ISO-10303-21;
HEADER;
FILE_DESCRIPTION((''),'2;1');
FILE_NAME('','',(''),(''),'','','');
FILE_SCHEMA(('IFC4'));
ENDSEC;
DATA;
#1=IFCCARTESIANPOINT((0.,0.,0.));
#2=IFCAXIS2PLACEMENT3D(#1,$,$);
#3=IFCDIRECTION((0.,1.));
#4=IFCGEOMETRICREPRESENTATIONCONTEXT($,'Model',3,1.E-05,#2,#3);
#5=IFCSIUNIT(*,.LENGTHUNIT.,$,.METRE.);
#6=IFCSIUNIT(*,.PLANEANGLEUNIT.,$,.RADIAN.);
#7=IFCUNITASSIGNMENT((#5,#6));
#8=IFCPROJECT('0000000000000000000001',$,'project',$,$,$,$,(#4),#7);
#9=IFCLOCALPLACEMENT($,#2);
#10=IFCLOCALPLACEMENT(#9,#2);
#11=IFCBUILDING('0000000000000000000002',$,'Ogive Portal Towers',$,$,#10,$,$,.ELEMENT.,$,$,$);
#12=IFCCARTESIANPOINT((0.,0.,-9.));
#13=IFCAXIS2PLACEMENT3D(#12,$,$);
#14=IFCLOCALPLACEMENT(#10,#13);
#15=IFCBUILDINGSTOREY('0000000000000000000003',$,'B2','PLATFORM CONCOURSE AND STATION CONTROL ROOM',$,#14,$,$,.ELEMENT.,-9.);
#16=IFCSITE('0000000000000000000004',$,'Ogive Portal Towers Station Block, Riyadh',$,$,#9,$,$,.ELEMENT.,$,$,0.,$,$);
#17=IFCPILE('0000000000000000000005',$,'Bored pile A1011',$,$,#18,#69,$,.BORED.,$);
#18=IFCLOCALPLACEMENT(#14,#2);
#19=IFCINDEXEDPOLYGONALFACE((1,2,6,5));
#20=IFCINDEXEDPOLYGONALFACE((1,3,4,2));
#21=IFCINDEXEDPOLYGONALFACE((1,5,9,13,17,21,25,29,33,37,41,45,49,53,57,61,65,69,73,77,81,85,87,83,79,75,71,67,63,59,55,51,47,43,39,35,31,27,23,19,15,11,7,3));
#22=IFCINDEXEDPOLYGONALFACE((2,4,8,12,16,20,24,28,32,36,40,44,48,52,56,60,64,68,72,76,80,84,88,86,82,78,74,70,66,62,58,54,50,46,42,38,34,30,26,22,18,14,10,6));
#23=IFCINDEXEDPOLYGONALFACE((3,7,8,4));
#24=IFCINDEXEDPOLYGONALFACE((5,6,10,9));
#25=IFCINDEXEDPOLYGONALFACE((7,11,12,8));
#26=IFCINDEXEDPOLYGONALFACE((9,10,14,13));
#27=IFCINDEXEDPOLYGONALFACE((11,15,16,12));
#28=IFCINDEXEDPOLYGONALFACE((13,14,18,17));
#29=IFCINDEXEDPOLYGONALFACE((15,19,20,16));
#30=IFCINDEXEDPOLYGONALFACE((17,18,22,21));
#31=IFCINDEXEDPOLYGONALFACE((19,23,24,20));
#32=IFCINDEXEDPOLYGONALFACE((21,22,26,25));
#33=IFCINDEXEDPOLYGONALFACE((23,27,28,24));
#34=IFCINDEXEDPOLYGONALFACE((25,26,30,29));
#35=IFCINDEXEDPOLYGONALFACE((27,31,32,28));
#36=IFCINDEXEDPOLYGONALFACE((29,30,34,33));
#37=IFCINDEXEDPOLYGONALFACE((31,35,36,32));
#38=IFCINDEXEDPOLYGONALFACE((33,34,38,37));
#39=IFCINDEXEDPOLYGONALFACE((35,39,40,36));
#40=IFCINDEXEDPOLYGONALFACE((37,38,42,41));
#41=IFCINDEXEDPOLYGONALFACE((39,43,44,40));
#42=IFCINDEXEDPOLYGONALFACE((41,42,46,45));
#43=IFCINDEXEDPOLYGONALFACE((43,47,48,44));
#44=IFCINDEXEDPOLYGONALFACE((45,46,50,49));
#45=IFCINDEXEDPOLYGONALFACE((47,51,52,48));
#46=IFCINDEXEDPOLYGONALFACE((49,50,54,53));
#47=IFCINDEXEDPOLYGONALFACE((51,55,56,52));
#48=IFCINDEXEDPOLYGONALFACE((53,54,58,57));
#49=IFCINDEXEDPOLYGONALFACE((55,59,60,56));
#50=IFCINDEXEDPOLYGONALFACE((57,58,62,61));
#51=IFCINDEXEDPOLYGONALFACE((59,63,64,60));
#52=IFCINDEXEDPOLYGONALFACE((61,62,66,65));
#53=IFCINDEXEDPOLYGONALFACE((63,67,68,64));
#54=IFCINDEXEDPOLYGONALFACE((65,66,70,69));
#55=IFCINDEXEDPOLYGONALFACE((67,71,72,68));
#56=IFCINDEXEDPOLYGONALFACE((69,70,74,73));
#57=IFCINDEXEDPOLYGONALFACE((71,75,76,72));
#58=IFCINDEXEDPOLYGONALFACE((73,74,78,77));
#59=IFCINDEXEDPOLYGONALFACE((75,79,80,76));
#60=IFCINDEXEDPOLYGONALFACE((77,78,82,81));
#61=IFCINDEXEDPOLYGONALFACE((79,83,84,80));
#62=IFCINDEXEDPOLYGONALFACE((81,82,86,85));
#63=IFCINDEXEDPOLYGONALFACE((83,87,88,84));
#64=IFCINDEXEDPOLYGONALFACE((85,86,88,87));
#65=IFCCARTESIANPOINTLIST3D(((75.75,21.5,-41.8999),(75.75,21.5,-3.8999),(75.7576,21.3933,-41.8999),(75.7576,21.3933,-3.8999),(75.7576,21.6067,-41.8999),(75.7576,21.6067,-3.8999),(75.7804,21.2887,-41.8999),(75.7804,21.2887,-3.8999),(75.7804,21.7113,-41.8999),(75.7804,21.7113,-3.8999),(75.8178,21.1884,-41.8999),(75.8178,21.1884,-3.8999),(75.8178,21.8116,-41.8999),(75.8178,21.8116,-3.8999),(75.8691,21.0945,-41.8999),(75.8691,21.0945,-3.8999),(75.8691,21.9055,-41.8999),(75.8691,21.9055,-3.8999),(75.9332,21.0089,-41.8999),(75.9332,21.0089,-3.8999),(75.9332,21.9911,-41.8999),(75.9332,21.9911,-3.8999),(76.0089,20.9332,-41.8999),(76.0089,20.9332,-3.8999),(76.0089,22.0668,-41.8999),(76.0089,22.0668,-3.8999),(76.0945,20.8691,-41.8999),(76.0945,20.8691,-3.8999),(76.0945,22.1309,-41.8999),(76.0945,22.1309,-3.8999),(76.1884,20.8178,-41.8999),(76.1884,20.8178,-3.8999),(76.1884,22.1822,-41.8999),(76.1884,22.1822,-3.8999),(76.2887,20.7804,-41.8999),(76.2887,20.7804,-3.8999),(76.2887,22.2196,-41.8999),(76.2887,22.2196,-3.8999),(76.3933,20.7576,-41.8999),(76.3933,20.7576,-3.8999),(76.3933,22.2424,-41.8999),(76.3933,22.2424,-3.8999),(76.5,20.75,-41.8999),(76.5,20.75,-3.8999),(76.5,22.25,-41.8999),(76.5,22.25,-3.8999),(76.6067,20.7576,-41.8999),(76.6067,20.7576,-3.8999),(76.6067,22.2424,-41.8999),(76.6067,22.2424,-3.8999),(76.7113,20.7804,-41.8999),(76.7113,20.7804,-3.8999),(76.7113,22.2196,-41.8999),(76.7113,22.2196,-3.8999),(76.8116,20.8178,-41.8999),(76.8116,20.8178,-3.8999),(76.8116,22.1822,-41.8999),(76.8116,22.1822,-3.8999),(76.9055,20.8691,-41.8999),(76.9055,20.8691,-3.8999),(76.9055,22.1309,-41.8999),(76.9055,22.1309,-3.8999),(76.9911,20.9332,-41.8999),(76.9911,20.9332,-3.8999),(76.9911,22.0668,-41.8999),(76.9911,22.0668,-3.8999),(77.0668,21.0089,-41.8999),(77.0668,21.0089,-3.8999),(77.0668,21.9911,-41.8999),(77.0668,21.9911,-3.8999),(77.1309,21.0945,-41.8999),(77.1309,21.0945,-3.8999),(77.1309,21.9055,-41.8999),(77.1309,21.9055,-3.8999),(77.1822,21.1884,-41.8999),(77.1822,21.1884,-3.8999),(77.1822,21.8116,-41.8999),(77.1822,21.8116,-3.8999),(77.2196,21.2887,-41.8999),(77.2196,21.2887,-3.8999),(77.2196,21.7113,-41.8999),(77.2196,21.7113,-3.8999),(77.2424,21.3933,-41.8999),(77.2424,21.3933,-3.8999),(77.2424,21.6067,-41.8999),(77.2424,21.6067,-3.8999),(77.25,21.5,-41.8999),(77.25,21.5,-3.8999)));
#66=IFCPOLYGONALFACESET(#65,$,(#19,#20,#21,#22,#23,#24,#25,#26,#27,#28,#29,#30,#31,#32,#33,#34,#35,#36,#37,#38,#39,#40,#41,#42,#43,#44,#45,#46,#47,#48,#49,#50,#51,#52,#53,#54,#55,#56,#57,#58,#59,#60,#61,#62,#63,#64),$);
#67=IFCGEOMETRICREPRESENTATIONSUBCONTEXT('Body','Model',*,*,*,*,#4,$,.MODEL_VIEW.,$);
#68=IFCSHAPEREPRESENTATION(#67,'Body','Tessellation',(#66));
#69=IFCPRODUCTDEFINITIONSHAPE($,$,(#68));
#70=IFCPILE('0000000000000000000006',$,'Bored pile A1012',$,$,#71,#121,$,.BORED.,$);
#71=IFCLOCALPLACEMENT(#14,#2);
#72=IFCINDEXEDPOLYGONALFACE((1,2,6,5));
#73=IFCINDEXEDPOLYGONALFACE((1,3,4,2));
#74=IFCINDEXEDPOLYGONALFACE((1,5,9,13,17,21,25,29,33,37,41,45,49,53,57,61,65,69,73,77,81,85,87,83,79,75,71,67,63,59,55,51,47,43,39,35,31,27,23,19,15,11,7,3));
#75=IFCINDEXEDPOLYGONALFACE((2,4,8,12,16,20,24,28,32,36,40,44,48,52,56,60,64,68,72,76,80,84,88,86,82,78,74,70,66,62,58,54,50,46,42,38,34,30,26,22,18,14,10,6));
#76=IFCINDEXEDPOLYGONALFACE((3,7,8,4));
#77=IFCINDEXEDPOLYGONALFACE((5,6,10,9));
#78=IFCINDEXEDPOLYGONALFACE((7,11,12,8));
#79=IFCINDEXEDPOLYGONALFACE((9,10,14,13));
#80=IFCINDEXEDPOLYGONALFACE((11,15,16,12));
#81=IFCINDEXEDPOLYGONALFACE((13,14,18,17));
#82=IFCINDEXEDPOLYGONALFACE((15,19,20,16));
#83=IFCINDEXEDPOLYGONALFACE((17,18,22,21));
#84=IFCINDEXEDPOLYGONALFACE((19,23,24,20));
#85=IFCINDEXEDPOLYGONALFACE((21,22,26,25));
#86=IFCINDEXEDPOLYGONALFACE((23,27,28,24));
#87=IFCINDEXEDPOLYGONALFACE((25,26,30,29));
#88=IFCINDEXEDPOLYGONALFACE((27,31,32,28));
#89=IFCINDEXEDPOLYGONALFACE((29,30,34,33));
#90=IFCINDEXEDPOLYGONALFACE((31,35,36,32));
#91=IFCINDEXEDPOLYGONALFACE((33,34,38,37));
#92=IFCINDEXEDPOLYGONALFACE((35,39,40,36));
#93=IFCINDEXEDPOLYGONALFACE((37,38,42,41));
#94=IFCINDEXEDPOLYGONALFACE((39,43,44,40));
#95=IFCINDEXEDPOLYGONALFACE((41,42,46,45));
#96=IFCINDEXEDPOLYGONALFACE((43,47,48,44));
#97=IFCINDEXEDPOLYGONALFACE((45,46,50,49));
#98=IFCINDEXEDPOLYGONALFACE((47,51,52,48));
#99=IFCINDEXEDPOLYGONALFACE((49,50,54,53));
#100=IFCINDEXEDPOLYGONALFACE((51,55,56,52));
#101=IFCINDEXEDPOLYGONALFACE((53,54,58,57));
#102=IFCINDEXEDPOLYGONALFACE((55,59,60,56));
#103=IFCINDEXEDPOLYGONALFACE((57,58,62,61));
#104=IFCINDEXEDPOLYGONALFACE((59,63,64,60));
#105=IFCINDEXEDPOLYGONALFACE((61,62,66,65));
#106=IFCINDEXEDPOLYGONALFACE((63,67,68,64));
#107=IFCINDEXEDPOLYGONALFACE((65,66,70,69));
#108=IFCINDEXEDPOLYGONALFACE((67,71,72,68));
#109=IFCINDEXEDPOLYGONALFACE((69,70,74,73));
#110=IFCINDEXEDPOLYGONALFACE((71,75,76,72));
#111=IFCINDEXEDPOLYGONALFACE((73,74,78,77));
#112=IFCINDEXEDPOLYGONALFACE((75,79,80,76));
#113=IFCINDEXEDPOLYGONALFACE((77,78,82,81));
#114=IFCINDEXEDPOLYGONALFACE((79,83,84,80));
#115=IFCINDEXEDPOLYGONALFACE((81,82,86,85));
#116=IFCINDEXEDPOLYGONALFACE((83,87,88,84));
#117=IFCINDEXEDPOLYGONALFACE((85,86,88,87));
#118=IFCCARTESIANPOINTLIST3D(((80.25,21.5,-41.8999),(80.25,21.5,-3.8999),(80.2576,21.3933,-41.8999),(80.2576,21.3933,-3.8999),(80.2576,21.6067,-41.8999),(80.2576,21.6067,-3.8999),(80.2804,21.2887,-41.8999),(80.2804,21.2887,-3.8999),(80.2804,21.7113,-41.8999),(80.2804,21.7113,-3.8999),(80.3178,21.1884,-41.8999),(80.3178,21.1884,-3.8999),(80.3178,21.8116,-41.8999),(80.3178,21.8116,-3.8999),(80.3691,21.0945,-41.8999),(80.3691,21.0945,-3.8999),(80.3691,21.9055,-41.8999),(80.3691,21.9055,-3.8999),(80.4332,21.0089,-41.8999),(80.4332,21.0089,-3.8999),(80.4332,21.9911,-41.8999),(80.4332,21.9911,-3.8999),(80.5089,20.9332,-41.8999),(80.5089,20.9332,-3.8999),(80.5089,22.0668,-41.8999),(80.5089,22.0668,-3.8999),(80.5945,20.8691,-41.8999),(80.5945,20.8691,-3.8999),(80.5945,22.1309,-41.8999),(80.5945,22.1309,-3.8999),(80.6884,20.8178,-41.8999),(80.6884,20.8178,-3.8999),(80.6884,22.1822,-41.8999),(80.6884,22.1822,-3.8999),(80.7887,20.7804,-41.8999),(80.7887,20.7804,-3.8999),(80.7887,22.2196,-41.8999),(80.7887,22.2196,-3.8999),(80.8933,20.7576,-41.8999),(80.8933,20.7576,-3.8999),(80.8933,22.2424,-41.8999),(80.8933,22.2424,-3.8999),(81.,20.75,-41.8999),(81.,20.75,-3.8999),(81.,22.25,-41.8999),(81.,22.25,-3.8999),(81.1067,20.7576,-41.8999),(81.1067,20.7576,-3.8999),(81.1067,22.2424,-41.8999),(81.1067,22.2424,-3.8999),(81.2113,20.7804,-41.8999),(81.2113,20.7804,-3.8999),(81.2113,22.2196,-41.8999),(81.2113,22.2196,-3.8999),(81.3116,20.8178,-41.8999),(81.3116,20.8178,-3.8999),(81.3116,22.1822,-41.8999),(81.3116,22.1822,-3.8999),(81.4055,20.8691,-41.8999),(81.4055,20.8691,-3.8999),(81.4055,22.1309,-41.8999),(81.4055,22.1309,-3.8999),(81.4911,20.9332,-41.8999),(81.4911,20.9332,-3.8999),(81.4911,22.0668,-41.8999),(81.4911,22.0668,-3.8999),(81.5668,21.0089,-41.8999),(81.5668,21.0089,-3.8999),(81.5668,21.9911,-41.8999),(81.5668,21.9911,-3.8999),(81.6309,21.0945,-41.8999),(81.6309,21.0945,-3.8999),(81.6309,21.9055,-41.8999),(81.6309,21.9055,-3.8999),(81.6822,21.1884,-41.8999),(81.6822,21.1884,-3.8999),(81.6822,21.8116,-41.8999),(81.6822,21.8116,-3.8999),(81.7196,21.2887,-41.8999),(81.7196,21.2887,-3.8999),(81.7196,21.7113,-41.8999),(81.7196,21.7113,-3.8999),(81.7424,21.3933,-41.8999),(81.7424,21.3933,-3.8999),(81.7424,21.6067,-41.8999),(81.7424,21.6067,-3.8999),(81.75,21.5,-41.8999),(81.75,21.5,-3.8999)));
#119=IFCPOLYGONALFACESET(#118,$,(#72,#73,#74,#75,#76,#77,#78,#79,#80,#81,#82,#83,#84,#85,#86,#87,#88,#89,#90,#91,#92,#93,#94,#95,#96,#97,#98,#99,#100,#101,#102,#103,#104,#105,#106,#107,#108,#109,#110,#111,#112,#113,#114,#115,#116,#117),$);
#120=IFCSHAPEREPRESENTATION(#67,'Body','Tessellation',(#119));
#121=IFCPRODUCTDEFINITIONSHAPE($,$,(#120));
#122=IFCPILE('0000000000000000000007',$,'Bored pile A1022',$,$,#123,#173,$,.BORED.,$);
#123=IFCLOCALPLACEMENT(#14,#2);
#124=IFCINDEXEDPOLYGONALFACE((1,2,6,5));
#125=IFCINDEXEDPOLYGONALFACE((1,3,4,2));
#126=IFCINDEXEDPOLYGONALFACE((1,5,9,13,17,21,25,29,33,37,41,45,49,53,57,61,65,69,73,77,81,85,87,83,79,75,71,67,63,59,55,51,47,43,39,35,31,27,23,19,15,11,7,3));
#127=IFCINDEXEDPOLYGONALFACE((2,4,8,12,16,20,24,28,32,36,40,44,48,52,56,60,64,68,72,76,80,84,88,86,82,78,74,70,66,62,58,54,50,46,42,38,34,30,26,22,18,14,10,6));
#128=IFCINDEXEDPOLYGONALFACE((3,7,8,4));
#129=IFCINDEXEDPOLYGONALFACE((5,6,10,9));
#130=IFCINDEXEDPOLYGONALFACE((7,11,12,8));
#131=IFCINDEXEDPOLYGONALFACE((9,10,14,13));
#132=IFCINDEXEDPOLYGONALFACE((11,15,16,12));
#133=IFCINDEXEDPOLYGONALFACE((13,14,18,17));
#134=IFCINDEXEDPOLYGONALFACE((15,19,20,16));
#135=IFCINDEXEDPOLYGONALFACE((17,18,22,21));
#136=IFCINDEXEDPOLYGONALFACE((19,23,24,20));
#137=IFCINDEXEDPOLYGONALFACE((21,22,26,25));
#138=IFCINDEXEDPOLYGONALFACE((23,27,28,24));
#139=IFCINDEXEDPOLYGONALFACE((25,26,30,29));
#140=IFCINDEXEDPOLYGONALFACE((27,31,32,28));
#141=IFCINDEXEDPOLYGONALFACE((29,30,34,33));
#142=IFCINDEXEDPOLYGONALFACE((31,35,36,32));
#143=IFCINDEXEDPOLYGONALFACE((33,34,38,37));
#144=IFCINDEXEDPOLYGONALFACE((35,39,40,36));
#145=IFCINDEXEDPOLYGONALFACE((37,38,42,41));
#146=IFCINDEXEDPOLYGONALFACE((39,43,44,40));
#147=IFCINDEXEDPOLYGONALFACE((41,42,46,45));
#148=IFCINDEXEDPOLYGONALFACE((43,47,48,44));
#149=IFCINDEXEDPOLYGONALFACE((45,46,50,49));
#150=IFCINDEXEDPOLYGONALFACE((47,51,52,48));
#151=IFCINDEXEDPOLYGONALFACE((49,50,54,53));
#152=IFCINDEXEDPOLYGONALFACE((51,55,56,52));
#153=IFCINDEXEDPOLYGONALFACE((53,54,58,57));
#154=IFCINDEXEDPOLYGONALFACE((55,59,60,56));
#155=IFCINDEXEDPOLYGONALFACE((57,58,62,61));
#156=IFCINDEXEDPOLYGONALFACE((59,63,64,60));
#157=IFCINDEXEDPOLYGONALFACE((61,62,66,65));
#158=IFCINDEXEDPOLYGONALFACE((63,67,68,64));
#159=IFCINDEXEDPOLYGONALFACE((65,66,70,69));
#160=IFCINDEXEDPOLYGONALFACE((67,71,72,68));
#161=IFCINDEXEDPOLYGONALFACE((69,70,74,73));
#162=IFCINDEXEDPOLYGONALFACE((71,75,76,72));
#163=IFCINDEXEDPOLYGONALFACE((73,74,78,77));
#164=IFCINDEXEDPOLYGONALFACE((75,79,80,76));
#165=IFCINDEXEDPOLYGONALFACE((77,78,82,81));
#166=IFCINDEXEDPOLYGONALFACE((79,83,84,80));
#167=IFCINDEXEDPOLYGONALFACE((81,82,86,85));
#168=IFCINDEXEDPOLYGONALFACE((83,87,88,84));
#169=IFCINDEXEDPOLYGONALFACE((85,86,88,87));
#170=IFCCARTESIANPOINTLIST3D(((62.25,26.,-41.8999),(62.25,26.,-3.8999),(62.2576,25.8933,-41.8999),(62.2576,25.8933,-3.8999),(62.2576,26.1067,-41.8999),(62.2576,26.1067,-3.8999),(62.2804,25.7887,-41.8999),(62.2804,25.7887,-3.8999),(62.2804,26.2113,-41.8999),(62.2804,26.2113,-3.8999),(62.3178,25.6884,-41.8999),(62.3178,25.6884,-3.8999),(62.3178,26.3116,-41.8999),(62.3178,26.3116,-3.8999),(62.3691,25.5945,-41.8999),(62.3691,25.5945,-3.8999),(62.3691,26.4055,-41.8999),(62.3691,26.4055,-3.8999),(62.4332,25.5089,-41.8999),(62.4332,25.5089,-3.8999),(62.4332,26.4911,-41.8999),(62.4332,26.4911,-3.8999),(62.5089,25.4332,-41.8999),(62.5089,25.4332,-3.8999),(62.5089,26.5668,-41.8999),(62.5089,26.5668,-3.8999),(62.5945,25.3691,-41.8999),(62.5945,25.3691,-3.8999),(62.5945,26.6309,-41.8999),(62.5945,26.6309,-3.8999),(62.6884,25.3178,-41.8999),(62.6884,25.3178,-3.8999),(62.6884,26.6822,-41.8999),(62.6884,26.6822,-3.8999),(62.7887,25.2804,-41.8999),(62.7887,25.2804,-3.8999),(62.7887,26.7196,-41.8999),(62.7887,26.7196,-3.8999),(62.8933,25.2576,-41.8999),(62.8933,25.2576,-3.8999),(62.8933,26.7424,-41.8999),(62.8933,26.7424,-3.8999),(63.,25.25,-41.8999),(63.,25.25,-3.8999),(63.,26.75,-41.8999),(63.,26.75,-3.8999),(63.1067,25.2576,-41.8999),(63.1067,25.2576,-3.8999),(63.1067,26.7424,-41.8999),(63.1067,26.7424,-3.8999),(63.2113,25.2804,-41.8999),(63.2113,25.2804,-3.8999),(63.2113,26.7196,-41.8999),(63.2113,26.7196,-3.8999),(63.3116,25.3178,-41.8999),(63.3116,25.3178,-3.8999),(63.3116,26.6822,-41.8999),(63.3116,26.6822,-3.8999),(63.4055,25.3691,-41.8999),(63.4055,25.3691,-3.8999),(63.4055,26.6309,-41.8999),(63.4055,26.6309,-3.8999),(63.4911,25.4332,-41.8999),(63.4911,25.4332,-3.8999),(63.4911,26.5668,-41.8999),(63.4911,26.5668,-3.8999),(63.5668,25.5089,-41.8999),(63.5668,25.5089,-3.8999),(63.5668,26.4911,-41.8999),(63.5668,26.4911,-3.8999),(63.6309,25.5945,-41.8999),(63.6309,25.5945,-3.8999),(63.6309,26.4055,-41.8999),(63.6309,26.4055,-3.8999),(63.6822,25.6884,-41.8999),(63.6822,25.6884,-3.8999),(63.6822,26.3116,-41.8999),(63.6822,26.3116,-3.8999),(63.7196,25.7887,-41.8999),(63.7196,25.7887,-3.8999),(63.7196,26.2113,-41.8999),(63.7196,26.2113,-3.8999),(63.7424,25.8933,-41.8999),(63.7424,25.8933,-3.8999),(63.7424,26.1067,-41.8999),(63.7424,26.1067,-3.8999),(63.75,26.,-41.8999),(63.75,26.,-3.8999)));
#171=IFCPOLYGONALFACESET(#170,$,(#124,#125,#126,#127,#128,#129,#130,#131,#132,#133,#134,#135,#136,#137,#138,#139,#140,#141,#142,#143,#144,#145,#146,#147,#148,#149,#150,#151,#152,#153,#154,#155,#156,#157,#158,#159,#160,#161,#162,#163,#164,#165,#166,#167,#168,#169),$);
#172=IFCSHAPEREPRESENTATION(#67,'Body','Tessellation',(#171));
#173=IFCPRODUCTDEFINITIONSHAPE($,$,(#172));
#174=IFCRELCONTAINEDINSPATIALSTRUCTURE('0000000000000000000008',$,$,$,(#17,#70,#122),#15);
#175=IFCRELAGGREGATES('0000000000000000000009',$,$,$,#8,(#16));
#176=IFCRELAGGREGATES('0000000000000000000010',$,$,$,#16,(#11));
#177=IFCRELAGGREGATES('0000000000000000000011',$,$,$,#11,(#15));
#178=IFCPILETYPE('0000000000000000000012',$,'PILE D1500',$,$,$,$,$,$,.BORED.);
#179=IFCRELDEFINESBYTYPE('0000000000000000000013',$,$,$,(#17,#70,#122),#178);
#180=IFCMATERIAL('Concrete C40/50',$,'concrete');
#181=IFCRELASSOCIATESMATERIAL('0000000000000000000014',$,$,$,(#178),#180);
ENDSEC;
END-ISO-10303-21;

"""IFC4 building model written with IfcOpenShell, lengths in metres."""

from ifc_helpers import new_model, si_unit, direction, frame, origin, origin_2d, place, context, subcontext, project, spatial, circle, extrude, material, material_profile, profile_set, type_object, element, save


model = new_model("IFC4")

# Units and contexts
model_context = context("Model", 3, precision=1e-05, world=origin(), true_north=direction((0.0, 1.0)))
body_context = subcontext(model_context, "Body", "Model", "MODEL_VIEW")
ifc_project = project(units=[si_unit("LENGTHUNIT", "METRE"), si_unit("PLANEANGLEUNIT", "RADIAN")], contexts=[model_context])

# Site, building, storey
site_placement = place(None, origin())
site = spatial("IfcSite", under=ifc_project, at=site_placement, Name="Ogive Portal Towers Station Block, Riyadh", CompositionType="ELEMENT", RefElevation=0.0)
building_placement = place(site_placement, origin())
building = spatial("IfcBuilding", under=site, at=building_placement, Name="Ogive Portal Towers", CompositionType="ELEMENT")
storey_placement = place(building_placement, frame((0.0, 0.0, -9.0)))
storey = spatial("IfcBuildingStorey", under=building, at=storey_placement, Name="B2", Description="PLATFORM CONCOURSE AND STATION CONTROL ROOM", CompositionType="ELEMENT", Elevation=-9.0)

# Piles
ifc_material_1 = material(Name="Concrete C40/50", Category="concrete")
ifc_material_profile_1 = material_profile(ifc_material_1, circle(Radius=0.75, at=origin_2d()), Name="PILE D1500")
ifc_profile_set_1 = profile_set([ifc_material_profile_1], Name="Concrete C40/50")
pile_type = type_object("IfcPileType", Name="PILE D1500", PredefinedType="BORED", material=ifc_profile_set_1)
for number, where, z_axis, x_axis, name in (
    (1, (76.5, 21.5, -3.8999), (0.0, 0.0, -1.0), (1.0, 0.0, 0.0), "Bored pile A1011"),
    (2, (81.0, 21.5, -3.8999), (0.0, 0.0, -1.0), (1.0, 0.0, 0.0), "Bored pile A1012"),
    (3, (63.0, 26.0, -3.8999), (0.0, 0.0, -1.0), (1.0, 0.0, 0.0), "Bored pile A1022"),
):
    element("IfcPile", number, at=place(storey_placement, frame(where, z_axis=z_axis, x_axis=x_axis)), inside=storey, type_object=pile_type, Name=name, PredefinedType="BORED", context=body_context, shape_type="SweptSolid", body=[
        extrude(circle(Radius=0.75, at=origin_2d()), origin(), (0.0, 0.0, 1.0), 38.0),
    ])

save(model, "model.ifc")
